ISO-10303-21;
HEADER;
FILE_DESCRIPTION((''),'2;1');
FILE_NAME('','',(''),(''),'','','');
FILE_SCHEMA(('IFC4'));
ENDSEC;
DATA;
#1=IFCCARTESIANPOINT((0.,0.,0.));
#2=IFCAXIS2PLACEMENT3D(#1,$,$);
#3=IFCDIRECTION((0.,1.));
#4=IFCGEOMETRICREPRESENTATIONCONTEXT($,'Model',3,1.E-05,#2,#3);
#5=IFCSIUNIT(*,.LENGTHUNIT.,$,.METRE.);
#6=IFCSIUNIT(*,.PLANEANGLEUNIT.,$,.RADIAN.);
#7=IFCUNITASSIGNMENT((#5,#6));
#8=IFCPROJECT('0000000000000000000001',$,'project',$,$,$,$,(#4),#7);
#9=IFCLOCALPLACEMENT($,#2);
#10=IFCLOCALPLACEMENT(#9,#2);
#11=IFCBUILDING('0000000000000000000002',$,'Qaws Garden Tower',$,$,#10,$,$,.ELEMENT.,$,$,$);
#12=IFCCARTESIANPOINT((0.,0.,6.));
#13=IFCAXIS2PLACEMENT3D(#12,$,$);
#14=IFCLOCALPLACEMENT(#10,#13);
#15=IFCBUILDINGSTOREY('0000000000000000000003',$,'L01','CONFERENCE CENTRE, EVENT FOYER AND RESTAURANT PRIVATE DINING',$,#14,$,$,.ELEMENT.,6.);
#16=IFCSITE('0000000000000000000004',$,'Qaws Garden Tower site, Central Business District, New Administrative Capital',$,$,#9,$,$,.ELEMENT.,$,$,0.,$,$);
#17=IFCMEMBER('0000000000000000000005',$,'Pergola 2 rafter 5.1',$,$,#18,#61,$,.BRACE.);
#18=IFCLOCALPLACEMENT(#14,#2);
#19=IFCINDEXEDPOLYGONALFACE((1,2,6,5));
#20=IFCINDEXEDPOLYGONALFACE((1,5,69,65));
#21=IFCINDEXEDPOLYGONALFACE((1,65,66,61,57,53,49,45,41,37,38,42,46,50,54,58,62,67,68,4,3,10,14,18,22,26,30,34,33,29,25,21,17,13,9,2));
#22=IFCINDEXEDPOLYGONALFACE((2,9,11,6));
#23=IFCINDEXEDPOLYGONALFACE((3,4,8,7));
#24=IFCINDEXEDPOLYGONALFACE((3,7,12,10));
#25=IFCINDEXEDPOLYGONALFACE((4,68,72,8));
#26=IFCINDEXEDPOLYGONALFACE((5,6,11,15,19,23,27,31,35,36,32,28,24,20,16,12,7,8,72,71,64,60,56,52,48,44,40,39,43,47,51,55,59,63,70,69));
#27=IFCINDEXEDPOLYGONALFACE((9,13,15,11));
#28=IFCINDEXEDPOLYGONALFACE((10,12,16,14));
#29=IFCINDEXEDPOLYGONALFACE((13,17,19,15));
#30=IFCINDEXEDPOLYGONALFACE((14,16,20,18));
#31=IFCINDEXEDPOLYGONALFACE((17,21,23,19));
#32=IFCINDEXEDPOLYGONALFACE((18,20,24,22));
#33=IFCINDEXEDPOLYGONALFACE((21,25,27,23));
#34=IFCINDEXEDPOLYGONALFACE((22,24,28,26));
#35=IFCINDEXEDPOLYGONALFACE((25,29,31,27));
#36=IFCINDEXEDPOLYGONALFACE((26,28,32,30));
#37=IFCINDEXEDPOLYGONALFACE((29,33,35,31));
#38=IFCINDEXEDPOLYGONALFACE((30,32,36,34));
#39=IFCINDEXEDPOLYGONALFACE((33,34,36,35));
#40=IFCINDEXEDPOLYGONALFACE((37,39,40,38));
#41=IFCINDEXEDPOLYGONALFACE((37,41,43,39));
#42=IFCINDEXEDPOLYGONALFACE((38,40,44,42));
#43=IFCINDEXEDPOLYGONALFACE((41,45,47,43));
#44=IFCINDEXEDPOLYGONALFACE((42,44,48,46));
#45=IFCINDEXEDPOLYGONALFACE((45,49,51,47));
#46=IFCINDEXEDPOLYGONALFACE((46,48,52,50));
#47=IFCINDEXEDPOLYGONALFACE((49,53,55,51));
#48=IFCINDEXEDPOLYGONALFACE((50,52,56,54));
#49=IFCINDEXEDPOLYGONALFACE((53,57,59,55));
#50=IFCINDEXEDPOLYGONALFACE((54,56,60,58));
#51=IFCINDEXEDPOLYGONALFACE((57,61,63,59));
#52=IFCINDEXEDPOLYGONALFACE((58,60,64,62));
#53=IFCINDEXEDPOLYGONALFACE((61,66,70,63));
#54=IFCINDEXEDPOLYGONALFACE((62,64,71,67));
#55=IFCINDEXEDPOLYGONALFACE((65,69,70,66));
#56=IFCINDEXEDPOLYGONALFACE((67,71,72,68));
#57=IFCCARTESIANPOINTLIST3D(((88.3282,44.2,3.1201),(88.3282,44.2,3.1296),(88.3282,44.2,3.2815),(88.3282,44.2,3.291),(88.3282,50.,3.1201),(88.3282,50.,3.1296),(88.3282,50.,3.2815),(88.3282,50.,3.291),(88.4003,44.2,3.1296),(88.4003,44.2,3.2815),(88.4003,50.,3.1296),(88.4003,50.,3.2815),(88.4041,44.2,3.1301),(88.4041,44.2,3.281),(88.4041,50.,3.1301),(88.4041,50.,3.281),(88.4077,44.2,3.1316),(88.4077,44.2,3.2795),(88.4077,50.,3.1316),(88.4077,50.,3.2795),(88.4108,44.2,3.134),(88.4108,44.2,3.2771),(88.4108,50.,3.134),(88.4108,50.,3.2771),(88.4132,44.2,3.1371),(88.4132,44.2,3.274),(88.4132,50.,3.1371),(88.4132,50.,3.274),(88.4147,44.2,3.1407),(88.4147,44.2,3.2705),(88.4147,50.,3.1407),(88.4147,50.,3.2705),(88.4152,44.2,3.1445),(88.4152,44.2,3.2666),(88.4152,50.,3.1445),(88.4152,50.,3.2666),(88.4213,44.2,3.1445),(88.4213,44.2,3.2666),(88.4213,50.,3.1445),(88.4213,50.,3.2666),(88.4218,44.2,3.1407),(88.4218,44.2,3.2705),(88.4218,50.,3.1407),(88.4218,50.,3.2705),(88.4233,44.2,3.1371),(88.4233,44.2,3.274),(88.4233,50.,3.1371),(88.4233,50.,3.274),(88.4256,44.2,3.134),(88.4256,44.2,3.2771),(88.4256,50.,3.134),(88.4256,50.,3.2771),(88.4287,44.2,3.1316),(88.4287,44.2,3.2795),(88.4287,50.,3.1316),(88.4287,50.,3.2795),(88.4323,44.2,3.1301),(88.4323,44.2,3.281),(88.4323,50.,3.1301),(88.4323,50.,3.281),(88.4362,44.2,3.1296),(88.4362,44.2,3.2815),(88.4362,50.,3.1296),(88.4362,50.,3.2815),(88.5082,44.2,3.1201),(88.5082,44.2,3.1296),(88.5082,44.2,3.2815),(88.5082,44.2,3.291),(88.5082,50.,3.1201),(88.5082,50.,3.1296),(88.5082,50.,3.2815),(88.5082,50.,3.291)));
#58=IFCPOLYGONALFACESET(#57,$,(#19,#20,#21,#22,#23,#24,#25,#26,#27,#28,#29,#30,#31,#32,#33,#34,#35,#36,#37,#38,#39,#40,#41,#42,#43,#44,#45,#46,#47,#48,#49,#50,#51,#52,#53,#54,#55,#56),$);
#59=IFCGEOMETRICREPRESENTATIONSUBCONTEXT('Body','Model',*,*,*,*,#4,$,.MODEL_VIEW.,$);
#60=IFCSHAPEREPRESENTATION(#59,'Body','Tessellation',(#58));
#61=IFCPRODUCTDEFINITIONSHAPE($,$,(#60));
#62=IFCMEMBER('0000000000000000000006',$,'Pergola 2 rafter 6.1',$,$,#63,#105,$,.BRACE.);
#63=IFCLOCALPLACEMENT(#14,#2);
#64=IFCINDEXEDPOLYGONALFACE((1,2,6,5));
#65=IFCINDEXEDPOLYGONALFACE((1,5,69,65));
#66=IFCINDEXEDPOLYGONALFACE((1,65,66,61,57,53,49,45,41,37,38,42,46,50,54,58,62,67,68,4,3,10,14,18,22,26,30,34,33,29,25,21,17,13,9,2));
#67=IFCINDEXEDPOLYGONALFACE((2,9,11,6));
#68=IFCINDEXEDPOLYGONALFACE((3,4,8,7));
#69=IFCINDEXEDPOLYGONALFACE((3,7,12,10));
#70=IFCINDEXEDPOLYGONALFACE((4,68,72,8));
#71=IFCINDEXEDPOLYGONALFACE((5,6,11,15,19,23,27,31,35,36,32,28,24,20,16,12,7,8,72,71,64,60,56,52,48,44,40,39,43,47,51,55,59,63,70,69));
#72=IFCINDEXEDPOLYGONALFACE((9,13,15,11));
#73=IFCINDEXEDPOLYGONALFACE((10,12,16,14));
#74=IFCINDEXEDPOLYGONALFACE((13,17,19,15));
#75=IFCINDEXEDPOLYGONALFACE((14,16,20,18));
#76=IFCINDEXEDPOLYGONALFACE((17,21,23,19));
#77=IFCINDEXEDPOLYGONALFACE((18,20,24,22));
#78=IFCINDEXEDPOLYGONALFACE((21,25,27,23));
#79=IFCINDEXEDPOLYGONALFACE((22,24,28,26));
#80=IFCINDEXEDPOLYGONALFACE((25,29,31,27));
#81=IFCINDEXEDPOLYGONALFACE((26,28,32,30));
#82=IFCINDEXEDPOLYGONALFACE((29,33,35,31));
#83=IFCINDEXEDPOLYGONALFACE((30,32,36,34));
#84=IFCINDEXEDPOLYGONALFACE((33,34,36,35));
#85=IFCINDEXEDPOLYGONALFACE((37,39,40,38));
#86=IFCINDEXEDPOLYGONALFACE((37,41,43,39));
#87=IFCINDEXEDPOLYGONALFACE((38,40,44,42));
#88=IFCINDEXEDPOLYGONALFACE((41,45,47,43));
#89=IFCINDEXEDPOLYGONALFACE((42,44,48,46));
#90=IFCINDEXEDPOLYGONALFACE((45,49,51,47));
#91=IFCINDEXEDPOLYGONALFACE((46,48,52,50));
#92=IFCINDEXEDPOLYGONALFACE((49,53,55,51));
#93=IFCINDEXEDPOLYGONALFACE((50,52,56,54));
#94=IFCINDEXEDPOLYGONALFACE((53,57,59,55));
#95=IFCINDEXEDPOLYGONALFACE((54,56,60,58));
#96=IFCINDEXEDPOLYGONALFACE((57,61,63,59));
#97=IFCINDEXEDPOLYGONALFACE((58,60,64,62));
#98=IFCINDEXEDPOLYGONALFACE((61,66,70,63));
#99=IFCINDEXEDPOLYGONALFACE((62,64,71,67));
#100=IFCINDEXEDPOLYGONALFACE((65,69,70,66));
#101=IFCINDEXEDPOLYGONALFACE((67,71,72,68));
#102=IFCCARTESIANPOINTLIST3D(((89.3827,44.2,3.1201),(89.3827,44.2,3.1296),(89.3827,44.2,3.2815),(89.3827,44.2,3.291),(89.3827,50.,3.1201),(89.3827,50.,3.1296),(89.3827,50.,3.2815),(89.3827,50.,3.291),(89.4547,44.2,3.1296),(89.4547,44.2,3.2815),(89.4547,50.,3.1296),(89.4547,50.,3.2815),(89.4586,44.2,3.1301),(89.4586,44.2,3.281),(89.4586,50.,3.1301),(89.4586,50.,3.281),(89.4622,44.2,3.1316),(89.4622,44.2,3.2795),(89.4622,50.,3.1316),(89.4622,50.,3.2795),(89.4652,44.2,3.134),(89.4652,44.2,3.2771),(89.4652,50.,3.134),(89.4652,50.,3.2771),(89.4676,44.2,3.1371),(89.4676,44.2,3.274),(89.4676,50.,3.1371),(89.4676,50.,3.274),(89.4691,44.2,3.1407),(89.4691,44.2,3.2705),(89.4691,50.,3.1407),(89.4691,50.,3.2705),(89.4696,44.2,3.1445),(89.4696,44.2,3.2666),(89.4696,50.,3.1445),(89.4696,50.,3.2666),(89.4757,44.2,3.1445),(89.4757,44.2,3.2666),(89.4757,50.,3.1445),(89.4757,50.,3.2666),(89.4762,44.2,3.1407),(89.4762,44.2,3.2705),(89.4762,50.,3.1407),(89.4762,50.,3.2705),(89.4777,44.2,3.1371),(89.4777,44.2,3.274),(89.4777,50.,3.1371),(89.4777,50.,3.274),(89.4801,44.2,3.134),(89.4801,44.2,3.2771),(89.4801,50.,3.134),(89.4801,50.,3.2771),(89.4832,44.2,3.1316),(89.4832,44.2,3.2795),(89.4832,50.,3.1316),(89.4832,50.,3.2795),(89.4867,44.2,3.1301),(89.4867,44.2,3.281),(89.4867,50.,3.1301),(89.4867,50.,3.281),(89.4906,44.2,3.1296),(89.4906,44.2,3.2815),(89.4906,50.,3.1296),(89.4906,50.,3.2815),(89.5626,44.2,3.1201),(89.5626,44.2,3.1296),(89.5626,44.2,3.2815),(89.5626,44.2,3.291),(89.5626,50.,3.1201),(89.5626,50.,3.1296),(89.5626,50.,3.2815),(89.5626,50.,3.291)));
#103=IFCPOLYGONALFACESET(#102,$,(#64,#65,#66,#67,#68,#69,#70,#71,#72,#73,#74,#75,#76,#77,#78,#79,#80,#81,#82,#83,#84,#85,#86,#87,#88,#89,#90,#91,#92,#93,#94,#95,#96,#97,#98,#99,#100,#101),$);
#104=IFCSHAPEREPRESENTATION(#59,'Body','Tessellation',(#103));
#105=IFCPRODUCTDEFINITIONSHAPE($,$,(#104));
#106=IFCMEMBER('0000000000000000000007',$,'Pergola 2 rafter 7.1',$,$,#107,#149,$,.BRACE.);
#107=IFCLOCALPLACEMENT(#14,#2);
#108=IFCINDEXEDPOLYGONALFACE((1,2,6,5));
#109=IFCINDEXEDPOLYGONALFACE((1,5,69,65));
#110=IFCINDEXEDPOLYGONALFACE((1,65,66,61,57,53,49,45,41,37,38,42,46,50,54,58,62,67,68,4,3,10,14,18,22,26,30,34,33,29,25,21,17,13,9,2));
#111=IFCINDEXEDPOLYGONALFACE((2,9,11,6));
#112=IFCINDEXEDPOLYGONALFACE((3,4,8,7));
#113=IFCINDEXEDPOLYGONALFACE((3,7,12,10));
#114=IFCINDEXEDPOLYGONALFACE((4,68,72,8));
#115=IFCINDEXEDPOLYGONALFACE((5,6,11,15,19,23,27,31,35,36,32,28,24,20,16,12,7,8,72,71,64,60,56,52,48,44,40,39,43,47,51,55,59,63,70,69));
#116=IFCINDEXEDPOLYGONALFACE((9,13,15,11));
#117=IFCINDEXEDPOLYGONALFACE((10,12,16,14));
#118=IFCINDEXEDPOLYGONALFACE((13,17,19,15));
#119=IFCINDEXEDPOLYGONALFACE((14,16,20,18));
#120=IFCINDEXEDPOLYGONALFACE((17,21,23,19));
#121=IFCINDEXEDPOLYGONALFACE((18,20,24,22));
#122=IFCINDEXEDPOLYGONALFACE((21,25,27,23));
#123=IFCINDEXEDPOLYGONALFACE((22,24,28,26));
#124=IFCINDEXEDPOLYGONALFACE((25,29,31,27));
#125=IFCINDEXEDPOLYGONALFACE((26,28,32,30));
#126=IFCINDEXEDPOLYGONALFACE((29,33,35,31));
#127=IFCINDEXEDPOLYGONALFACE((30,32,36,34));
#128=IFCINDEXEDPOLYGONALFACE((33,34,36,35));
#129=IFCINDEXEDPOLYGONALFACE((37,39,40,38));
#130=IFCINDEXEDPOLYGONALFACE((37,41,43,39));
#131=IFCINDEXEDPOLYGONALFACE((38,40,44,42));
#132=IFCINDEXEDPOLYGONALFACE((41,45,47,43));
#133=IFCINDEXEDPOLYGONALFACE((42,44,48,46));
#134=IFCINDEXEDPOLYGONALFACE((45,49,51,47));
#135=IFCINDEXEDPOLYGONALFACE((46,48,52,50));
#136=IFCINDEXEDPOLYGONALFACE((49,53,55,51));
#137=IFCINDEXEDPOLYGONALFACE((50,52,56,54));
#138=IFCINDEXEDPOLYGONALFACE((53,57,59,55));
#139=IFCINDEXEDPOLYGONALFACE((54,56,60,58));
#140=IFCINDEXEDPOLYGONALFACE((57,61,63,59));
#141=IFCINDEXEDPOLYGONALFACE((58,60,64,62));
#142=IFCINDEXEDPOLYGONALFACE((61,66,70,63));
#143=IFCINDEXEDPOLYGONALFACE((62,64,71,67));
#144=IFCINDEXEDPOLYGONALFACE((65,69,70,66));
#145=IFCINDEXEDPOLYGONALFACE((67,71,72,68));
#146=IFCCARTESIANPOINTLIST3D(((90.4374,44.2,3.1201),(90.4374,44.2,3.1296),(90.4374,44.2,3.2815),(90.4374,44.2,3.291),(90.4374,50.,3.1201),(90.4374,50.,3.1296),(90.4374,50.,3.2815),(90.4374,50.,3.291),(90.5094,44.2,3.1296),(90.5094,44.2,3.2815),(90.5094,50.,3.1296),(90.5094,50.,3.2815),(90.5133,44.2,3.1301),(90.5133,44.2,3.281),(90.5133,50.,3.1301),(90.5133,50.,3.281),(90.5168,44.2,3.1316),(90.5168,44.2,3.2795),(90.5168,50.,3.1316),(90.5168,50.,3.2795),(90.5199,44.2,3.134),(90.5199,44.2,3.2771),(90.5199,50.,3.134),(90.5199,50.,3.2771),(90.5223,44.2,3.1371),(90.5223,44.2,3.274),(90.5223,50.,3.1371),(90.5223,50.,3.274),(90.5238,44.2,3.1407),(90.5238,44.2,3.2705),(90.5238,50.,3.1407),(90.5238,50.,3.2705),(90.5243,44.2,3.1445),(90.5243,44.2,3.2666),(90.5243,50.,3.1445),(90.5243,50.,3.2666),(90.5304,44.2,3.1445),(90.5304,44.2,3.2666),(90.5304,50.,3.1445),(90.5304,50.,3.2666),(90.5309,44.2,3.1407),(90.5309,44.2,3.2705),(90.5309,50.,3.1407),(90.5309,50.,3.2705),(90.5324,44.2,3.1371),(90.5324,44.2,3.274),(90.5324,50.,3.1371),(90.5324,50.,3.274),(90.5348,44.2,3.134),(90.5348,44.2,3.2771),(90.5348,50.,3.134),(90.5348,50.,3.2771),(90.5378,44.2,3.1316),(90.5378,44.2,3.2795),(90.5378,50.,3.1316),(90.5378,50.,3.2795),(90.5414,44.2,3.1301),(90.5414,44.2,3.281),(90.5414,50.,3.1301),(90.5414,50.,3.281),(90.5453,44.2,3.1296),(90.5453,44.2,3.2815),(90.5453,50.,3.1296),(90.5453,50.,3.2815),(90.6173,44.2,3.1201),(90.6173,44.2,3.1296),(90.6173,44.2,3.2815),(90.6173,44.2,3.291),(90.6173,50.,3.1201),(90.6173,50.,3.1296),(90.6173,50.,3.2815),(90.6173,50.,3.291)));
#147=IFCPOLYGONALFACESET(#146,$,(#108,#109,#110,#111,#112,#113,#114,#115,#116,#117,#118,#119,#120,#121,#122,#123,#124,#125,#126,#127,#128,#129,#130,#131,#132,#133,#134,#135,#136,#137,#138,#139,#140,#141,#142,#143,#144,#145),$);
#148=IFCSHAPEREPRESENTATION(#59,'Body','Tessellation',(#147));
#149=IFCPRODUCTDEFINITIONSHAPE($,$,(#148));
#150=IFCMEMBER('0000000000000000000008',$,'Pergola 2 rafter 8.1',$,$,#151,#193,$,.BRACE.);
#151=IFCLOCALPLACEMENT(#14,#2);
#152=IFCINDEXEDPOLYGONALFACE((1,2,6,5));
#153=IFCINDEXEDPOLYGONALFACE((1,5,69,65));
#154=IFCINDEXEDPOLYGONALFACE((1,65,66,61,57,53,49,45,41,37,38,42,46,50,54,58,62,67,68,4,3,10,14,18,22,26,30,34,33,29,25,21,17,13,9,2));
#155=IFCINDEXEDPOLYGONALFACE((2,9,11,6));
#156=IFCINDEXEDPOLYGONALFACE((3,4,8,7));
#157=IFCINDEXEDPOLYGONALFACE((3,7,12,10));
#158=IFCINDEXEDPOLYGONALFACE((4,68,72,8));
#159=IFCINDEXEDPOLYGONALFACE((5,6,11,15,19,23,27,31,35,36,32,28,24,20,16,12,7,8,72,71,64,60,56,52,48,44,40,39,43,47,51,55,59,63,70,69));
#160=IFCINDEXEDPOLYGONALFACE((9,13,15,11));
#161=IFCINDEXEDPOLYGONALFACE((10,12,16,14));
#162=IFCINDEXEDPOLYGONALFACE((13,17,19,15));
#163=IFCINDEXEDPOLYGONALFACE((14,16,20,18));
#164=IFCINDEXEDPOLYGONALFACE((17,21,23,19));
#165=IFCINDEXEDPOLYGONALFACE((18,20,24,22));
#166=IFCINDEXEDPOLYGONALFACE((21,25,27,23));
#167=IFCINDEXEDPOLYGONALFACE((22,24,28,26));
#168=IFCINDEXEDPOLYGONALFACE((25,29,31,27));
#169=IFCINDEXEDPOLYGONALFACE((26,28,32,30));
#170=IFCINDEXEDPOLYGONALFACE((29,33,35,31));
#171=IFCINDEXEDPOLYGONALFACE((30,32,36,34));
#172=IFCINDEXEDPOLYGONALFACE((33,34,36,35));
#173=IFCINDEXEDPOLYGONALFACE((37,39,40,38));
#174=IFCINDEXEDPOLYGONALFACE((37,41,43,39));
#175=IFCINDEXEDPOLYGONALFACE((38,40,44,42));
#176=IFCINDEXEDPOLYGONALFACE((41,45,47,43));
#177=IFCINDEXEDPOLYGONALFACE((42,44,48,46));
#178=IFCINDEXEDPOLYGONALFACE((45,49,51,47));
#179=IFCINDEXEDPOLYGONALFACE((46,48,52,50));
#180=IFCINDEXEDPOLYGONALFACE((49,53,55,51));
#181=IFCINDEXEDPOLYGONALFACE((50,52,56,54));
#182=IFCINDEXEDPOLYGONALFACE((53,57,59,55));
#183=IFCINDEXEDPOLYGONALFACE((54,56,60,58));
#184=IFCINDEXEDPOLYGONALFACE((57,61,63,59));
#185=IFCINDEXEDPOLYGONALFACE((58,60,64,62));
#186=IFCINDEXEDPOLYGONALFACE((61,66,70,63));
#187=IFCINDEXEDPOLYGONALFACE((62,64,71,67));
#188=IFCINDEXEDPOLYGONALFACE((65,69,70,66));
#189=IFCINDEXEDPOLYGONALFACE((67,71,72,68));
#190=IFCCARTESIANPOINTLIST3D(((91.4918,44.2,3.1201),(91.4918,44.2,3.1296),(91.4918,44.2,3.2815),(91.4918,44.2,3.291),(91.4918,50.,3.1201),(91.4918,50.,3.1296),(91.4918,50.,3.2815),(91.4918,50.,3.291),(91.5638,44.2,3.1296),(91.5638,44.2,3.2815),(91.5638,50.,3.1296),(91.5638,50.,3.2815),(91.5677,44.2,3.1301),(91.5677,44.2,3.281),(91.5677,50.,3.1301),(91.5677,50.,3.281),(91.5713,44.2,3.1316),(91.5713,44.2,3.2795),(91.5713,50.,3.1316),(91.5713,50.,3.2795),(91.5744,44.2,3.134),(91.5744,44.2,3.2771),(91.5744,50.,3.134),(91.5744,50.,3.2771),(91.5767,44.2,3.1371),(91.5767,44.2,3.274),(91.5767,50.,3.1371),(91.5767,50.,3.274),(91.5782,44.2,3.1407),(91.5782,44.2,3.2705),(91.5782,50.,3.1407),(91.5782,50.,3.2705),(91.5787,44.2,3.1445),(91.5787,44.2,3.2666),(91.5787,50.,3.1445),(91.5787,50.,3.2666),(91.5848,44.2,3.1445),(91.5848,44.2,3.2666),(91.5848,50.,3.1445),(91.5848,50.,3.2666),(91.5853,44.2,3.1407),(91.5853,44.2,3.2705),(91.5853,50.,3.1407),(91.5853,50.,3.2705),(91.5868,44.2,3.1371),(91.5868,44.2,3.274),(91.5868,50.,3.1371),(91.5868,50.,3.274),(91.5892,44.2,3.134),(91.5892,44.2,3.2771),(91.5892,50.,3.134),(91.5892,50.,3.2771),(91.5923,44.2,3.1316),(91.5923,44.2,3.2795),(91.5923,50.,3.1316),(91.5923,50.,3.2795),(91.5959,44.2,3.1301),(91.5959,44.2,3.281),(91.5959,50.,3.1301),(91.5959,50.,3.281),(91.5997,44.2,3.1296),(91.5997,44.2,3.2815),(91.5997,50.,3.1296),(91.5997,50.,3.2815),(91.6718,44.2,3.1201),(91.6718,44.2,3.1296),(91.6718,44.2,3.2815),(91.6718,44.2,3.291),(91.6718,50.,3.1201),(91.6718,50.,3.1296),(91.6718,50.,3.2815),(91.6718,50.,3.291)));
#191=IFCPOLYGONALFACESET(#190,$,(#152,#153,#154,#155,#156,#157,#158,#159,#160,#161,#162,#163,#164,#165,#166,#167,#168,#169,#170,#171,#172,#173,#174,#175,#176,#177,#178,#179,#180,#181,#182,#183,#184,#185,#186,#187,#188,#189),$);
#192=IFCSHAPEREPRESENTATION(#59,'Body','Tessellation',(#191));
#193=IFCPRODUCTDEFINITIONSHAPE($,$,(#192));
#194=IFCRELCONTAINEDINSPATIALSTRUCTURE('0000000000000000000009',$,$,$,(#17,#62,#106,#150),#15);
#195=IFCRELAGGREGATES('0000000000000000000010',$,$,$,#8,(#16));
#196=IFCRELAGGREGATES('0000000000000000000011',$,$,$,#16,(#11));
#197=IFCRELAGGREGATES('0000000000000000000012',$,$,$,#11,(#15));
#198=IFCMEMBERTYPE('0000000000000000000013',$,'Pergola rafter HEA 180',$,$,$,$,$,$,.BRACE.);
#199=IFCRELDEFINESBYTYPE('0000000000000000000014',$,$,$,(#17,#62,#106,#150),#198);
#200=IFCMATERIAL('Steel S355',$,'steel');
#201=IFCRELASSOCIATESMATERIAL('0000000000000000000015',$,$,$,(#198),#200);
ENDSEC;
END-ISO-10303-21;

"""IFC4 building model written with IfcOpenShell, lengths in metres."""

from ifc_helpers import new_model, si_unit, direction, frame, origin, origin_2d, place, context, subcontext, project, spatial, i_section, extrude, material, material_profile, profile_set, type_object, element, save


model = new_model("IFC4")

# Units and contexts
model_context = context("Model", 3, precision=1e-05, world=origin(), true_north=direction((0.0, 1.0)))
body_context = subcontext(model_context, "Body", "Model", "MODEL_VIEW")
ifc_project = project(units=[si_unit("LENGTHUNIT", "METRE"), si_unit("PLANEANGLEUNIT", "RADIAN")], contexts=[model_context])

# Site, building, storey
site_placement = place(None, origin())
site = spatial("IfcSite", under=ifc_project, at=site_placement, Name="Qaws Garden Tower site, Central Business District, New Administrative Capital", CompositionType="ELEMENT", RefElevation=0.0)
building_placement = place(site_placement, origin())
building = spatial("IfcBuilding", under=site, at=building_placement, Name="Qaws Garden Tower", CompositionType="ELEMENT")
storey_placement = place(building_placement, frame((0.0, 0.0, 6.0)))
storey = spatial("IfcBuildingStorey", under=building, at=storey_placement, Name="L01", Description="CONFERENCE CENTRE, EVENT FOYER AND RESTAURANT PRIVATE DINING", CompositionType="ELEMENT", Elevation=6.0)

# Members
ifc_material_1 = material(Name="Steel S355", Category="steel")
ifc_material_profile_1 = material_profile(ifc_material_1, i_section(OverallWidth=0.1799, OverallDepth=0.1709, WebThickness=0.0061, FlangeThickness=0.0095, FilletRadius=0.0149, at=origin_2d()), Name="HEA 180")
ifc_profile_set_1 = profile_set([ifc_material_profile_1], Name="Steel S355")
member_type = type_object("IfcMemberType", Name="Pergola rafter HEA 180", PredefinedType="BRACE", material=ifc_profile_set_1)
for number, where, z_axis, x_axis, name in (
    (1, (88.4182, 44.2, 3.2056), (0.0, 1.0, 0.0), (-1.0, 0.0, 0.0), "Pergola 2 rafter 5.1"),
    (2, (89.4727, 44.2, 3.2056), (0.0, 1.0, 0.0), (-1.0, 0.0, 0.0), "Pergola 2 rafter 6.1"),
    (3, (90.5273, 44.2, 3.2056), (0.0, 1.0, 0.0), (-1.0, 0.0, 0.0), "Pergola 2 rafter 7.1"),
    (4, (91.5818, 44.2, 3.2056), (0.0, 1.0, 0.0), (-1.0, 0.0, 0.0), "Pergola 2 rafter 8.1"),
):
    element("IfcMember", number, at=place(storey_placement, frame(where, z_axis=z_axis, x_axis=x_axis)), inside=storey, type_object=member_type, Name=name, PredefinedType="BRACE", context=body_context, shape_type="SweptSolid", body=[
        extrude(i_section(OverallWidth=0.1799, OverallDepth=0.1709, WebThickness=0.0061, FlangeThickness=0.0095, FilletRadius=0.0149, at=origin_2d()), origin(), (0.0, 0.0, 1.0), 5.8),
    ])

save(model, "model.ifc")
